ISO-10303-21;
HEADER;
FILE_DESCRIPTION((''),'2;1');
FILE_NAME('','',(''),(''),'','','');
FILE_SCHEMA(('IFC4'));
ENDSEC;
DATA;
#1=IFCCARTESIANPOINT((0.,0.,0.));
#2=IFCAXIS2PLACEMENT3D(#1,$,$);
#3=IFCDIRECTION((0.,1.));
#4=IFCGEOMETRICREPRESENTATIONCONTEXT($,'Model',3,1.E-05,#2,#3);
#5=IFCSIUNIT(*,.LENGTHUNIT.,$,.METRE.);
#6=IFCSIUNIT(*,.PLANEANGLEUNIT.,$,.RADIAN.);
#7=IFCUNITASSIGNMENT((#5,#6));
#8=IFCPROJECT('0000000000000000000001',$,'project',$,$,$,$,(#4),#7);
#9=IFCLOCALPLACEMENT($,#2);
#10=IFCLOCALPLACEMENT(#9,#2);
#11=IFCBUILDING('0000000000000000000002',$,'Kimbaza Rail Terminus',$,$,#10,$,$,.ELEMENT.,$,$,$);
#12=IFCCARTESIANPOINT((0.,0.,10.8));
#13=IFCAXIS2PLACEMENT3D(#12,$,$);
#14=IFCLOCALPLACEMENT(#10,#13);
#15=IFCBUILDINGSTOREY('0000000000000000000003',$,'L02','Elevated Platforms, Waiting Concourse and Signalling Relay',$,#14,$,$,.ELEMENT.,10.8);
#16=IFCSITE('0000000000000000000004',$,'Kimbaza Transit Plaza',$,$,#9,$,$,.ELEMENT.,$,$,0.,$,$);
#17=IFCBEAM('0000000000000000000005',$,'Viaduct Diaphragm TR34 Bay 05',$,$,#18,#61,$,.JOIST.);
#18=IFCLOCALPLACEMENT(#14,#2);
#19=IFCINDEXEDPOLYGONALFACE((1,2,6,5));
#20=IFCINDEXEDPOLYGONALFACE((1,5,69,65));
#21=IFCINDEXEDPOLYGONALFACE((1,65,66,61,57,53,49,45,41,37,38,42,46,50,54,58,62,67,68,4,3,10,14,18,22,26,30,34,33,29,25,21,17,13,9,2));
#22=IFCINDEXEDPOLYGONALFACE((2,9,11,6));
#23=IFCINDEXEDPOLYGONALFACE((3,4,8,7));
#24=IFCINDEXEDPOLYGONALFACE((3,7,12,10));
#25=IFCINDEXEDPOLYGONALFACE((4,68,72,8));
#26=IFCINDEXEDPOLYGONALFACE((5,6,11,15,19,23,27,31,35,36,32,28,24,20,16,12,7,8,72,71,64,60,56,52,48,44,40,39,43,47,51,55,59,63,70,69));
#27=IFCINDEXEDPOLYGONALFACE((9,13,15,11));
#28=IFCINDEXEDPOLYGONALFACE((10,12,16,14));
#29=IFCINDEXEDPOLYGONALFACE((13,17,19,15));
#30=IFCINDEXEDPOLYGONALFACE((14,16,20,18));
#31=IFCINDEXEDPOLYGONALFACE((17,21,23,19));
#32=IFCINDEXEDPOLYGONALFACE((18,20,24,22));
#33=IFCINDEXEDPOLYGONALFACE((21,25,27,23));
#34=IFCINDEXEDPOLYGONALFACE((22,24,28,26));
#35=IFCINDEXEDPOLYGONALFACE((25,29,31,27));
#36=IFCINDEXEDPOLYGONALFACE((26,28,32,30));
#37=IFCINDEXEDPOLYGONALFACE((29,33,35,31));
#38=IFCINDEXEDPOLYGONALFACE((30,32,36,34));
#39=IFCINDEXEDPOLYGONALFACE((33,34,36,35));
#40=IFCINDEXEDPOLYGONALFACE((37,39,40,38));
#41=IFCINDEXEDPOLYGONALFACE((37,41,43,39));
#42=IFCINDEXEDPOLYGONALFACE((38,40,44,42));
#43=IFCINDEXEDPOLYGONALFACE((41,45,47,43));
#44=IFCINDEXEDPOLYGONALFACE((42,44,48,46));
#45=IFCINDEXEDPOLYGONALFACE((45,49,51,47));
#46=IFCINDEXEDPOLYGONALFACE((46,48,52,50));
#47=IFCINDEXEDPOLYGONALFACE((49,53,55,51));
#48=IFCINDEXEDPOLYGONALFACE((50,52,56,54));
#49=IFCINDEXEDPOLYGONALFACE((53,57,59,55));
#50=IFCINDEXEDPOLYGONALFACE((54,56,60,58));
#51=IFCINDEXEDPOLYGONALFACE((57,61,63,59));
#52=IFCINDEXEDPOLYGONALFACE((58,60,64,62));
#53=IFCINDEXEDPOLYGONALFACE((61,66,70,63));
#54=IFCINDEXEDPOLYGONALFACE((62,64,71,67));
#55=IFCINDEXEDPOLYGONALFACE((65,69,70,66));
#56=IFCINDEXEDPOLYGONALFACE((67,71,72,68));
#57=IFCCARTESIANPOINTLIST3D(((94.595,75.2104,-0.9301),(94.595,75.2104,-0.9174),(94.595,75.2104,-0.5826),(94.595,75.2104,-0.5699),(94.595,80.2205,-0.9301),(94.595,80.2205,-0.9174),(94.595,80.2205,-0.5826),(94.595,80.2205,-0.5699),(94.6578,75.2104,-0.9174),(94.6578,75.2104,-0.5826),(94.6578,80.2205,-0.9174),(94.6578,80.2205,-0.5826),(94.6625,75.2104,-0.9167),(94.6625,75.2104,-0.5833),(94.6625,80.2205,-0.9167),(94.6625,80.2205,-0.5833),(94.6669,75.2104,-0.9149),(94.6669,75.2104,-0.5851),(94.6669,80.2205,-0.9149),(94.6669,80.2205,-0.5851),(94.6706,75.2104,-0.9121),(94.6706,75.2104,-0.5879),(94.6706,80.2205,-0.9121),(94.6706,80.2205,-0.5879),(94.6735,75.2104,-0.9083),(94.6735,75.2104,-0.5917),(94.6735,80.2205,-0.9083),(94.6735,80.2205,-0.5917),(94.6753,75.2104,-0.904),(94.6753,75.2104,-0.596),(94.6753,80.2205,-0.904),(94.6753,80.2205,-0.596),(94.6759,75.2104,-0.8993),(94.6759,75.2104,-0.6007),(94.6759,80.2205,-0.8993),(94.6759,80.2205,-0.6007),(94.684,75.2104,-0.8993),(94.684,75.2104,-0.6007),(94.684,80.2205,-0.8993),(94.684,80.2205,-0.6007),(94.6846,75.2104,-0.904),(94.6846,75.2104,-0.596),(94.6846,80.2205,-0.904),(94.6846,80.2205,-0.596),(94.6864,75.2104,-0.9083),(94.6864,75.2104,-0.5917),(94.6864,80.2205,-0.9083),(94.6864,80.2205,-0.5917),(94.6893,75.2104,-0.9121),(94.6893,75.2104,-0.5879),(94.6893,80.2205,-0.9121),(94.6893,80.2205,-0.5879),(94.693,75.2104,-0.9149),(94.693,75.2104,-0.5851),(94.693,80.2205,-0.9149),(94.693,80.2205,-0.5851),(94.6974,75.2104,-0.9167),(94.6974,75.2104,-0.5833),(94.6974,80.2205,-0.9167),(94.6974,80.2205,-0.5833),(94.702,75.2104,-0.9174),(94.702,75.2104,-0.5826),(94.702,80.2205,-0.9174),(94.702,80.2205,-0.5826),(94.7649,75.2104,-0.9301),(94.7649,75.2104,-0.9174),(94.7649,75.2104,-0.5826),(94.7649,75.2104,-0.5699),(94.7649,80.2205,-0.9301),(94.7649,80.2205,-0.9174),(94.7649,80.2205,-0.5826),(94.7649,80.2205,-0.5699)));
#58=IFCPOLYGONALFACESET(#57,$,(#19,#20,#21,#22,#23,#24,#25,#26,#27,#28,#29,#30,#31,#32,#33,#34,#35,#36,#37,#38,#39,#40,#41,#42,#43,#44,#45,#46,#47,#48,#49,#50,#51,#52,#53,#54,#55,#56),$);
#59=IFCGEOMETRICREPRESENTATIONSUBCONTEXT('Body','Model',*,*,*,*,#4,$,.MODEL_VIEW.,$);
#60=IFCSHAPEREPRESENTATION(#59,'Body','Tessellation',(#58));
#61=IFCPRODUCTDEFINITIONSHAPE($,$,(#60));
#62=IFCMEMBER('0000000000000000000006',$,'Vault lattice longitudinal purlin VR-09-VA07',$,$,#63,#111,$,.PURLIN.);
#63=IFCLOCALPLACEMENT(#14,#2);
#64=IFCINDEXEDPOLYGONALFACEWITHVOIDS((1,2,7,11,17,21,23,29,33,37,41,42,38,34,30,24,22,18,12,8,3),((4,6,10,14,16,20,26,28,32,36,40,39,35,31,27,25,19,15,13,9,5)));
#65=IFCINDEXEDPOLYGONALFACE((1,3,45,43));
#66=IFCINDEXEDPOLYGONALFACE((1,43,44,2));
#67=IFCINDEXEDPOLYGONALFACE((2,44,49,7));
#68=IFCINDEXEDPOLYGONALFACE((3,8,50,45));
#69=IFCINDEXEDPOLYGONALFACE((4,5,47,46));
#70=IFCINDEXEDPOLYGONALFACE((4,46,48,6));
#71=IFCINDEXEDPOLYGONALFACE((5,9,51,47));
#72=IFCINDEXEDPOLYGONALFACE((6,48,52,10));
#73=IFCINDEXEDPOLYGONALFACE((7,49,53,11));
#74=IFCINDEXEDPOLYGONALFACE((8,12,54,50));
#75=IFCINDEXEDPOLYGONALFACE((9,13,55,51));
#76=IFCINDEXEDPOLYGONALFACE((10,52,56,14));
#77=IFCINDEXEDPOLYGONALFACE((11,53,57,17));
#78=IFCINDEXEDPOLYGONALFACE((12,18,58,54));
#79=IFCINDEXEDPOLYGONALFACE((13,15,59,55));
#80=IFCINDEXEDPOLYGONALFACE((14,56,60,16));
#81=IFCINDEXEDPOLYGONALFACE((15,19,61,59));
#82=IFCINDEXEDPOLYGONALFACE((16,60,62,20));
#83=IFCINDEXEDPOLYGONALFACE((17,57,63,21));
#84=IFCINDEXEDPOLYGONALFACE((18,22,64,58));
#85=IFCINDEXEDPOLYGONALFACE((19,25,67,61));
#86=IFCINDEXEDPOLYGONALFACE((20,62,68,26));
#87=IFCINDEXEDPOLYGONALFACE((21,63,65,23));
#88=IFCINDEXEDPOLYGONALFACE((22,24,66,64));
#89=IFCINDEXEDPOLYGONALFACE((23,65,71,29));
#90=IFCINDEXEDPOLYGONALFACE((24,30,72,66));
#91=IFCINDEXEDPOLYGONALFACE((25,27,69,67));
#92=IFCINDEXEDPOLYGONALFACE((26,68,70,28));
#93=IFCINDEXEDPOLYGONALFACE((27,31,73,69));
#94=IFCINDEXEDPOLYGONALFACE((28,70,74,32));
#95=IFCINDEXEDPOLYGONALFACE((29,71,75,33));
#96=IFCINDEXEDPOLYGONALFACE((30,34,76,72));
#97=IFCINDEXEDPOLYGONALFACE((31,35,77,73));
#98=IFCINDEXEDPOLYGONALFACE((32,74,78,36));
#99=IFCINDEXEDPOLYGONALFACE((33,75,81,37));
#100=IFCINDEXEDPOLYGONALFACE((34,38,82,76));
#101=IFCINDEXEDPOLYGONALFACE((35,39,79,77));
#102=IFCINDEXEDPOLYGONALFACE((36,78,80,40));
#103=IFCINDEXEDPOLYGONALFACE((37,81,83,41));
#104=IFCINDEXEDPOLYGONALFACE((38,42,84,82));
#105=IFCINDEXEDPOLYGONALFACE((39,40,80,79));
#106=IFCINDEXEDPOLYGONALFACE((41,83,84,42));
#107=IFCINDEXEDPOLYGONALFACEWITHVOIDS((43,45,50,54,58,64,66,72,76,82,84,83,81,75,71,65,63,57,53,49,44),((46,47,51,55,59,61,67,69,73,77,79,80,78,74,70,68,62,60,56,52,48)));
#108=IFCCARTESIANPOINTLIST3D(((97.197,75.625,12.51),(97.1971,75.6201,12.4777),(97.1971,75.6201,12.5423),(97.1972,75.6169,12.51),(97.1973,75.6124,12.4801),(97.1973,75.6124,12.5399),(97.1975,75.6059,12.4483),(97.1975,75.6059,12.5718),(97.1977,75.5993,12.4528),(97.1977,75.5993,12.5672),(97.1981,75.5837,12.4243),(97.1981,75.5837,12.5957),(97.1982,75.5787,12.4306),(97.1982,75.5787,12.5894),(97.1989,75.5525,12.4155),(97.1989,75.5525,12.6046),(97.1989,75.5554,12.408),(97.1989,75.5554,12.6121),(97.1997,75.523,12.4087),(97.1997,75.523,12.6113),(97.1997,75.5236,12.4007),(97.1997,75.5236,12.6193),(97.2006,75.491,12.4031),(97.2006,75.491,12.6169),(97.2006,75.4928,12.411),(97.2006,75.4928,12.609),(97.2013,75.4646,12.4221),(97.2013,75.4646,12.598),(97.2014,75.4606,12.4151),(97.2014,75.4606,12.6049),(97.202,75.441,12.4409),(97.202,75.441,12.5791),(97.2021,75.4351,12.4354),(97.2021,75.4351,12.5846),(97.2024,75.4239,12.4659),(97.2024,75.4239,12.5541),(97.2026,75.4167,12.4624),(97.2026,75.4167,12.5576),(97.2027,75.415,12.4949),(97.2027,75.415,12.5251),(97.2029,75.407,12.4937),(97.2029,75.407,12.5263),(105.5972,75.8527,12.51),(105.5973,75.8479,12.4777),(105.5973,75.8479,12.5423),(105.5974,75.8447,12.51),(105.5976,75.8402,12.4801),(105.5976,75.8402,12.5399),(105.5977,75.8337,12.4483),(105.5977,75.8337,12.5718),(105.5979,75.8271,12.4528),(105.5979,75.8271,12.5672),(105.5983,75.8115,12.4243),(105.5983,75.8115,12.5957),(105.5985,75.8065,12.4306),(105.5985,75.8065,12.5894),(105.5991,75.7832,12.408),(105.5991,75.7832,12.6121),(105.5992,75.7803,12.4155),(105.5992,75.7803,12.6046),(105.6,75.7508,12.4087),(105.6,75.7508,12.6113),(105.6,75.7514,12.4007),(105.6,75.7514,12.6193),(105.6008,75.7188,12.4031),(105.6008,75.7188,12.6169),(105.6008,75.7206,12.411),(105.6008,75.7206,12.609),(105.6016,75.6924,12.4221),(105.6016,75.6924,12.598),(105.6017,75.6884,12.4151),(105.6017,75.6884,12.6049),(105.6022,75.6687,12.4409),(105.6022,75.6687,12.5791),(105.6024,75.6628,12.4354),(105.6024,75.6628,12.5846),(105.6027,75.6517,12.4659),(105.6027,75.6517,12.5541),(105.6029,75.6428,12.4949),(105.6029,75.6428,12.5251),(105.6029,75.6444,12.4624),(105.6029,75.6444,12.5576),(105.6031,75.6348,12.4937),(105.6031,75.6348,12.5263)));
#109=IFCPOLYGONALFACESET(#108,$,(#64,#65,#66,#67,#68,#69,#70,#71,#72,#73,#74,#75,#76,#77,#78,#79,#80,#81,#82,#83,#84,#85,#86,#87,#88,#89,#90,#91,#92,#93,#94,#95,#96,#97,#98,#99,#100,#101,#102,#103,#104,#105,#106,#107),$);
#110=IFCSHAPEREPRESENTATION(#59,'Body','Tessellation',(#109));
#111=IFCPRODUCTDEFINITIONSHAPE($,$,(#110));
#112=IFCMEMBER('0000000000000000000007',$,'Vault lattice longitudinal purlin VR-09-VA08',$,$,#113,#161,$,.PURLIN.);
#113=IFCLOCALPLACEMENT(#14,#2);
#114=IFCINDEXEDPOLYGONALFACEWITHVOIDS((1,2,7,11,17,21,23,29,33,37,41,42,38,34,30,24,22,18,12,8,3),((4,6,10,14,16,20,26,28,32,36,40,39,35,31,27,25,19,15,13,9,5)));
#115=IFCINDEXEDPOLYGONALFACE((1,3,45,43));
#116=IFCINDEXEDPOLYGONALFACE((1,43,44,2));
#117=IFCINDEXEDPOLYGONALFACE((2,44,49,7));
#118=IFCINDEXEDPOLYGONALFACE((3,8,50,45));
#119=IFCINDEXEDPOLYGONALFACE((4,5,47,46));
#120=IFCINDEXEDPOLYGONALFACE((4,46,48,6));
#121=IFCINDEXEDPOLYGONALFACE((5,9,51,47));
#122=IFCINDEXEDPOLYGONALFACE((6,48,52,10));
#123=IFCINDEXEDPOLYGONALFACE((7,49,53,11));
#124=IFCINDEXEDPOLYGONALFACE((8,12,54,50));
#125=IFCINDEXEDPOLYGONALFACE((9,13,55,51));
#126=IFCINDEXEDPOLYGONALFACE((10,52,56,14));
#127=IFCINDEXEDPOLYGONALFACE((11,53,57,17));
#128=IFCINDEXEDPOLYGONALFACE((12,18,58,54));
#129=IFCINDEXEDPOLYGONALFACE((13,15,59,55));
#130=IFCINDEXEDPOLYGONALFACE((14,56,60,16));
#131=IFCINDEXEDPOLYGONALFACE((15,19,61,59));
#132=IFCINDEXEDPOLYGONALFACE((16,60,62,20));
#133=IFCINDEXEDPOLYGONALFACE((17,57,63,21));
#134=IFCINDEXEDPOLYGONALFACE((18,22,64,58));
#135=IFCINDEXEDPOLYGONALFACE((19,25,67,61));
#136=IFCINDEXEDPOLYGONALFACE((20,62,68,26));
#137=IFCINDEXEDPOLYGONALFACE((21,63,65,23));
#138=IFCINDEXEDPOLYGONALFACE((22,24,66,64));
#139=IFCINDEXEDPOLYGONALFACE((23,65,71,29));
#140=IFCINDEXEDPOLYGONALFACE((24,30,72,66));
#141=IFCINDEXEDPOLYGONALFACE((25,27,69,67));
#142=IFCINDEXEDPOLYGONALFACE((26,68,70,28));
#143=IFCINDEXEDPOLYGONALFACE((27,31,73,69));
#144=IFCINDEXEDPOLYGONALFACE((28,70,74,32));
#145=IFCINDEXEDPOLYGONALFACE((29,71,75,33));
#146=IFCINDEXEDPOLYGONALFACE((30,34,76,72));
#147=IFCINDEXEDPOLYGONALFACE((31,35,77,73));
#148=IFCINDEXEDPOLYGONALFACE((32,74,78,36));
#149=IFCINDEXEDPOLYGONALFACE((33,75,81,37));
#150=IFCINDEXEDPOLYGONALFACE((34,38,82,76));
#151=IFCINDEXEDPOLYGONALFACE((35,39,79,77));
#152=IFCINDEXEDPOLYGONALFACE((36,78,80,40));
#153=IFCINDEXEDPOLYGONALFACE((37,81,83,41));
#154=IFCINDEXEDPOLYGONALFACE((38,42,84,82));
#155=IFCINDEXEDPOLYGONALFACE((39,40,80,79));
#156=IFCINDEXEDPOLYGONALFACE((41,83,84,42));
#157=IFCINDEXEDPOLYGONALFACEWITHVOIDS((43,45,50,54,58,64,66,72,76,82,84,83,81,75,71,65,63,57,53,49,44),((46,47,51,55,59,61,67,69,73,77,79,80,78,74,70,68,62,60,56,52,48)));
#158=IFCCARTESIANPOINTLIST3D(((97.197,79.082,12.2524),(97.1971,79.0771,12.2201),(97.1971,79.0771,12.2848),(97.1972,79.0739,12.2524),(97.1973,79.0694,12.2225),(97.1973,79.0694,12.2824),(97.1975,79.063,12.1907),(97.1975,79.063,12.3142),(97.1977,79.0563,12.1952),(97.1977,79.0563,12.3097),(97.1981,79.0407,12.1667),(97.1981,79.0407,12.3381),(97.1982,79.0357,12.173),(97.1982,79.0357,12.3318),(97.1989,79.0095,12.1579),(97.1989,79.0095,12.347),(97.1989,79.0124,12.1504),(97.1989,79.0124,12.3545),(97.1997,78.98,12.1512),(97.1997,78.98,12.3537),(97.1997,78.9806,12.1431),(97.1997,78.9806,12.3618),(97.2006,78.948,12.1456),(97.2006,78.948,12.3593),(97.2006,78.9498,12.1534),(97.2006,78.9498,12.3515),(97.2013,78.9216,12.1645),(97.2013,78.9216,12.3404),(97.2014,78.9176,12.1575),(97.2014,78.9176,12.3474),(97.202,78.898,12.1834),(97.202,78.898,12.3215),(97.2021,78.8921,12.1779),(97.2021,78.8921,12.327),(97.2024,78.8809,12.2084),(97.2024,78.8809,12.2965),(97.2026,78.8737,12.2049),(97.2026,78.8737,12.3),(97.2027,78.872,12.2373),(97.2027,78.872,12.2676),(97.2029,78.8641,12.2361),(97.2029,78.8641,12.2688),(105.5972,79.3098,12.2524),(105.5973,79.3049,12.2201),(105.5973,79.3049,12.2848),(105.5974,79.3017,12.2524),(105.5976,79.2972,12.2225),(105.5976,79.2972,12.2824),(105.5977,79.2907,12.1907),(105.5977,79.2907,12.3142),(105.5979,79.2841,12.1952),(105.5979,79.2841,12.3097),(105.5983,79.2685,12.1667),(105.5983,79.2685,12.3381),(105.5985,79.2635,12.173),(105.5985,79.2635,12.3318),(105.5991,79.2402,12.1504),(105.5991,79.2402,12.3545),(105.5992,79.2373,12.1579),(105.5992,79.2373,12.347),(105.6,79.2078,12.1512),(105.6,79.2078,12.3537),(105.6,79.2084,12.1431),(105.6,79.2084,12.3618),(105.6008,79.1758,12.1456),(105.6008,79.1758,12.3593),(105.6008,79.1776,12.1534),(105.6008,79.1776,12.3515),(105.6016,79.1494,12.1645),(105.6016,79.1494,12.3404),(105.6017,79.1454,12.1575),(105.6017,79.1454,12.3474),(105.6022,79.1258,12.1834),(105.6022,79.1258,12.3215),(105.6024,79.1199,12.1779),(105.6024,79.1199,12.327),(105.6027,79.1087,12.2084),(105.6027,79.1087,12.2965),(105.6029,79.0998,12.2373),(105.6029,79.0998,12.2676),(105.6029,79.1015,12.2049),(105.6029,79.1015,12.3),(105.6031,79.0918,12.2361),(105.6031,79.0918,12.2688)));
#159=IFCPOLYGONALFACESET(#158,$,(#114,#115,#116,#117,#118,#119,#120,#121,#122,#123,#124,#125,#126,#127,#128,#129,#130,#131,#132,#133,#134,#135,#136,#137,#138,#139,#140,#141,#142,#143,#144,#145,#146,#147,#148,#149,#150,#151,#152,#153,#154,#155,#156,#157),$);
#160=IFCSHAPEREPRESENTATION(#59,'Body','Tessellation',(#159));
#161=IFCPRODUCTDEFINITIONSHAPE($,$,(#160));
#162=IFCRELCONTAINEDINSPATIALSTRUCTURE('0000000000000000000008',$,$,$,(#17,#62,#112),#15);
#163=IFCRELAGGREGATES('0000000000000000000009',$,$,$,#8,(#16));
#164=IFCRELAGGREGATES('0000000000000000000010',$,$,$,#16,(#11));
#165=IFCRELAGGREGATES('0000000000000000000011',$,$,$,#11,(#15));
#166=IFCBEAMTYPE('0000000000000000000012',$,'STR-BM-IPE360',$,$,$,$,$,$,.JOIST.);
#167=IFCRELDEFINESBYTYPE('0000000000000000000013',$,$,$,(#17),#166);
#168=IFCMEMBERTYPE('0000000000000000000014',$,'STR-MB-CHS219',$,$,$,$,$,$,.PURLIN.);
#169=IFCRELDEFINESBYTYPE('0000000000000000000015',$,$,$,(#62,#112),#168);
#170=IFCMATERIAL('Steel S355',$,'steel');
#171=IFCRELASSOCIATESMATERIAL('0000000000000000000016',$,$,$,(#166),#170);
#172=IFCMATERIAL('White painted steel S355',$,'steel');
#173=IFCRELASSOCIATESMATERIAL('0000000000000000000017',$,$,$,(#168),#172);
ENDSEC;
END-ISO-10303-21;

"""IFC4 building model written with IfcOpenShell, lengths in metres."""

from ifc_helpers import new_model, si_unit, direction, frame, origin, origin_2d, place, context, subcontext, project, spatial, hollow_circle, i_section, extrude, material, material_profile, profile_set, type_object, element, save


model = new_model("IFC4")

# Units and contexts
model_context = context("Model", 3, precision=1e-05, world=origin(), true_north=direction((0.0, 1.0)))
body_context = subcontext(model_context, "Body", "Model", "MODEL_VIEW")
ifc_project = project(units=[si_unit("LENGTHUNIT", "METRE"), si_unit("PLANEANGLEUNIT", "RADIAN")], contexts=[model_context])

# Site, building, storey
site_placement = place(None, origin())
site = spatial("IfcSite", under=ifc_project, at=site_placement, Name="Kimbaza Transit Plaza", CompositionType="ELEMENT", RefElevation=0.0)
building_placement = place(site_placement, origin())
building = spatial("IfcBuilding", under=site, at=building_placement, Name="Kimbaza Rail Terminus", CompositionType="ELEMENT")
storey_placement = place(building_placement, frame((0.0, 0.0, 10.8)))
storey = spatial("IfcBuildingStorey", under=building, at=storey_placement, Name="L02", Description="Elevated Platforms, Waiting Concourse and Signalling Relay", CompositionType="ELEMENT", Elevation=10.8)

# Beam
ifc_material_1 = material(Name="Steel S355", Category="steel")
ifc_material_profile_1 = material_profile(ifc_material_1, i_section(OverallWidth=0.1699, OverallDepth=0.3601, WebThickness=0.0081, FlangeThickness=0.0127, FilletRadius=0.0181, at=origin_2d()), Name="IPE 360")
ifc_profile_set_1 = profile_set([ifc_material_profile_1], Name="Steel S355")
beam_type = type_object("IfcBeamType", Name="STR-BM-IPE360", PredefinedType="JOIST", material=ifc_profile_set_1)
beam_placement = place(storey_placement, frame((94.6799, 75.2104, -0.75), z_axis=(0.0, 1.0, 0.0), x_axis=(-1.0, 0.0, 0.0)))
element("IfcBeam", 1, at=beam_placement, inside=storey, type_object=beam_type, Name="Viaduct Diaphragm TR34 Bay 05", PredefinedType="JOIST", context=body_context, shape_type="SweptSolid", body=[
    extrude(i_section(OverallWidth=0.1699, OverallDepth=0.3601, WebThickness=0.0081, FlangeThickness=0.0127, FilletRadius=0.0181, at=origin_2d()), origin(), (0.0, 0.0, 1.0), 5.01),
])

# Members
ifc_material_2 = material(Name="White painted steel S355", Category="steel")
ifc_material_profile_2 = material_profile(ifc_material_2, hollow_circle(Radius=0.1096, WallThickness=0.0081, at=origin_2d()), Name="CHS 219.1x8")
ifc_profile_set_2 = profile_set([ifc_material_profile_2], Name="White painted steel S355")
member_type_1 = type_object("IfcMemberType", Name="STR-MB-CHS219", PredefinedType="PURLIN", material=ifc_profile_set_2)
for number, where, z_axis, x_axis, name in (
    (2, (97.2, 75.5154, 12.51), (0.999633, 0.027107, 0.0), (-0.027107, 0.999633, 0.0), "Vault lattice longitudinal purlin VR-09-VA07"),
    (3, (97.2, 78.9724, 12.2524), (0.999633, 0.027107, 0.0), (-0.027107, 0.999633, 0.0), "Vault lattice longitudinal purlin VR-09-VA08"),
):
    element("IfcMember", number, at=place(storey_placement, frame(where, z_axis=z_axis, x_axis=x_axis)), inside=storey, type_object=member_type_1, Name=name, PredefinedType="PURLIN", context=body_context, shape_type="SweptSolid", body=[
        extrude(hollow_circle(Radius=0.1096, WallThickness=0.0081, at=origin_2d()), origin(), (0.0, 0.0, 1.0), 8.4033),
    ])

save(model, "model.ifc")
